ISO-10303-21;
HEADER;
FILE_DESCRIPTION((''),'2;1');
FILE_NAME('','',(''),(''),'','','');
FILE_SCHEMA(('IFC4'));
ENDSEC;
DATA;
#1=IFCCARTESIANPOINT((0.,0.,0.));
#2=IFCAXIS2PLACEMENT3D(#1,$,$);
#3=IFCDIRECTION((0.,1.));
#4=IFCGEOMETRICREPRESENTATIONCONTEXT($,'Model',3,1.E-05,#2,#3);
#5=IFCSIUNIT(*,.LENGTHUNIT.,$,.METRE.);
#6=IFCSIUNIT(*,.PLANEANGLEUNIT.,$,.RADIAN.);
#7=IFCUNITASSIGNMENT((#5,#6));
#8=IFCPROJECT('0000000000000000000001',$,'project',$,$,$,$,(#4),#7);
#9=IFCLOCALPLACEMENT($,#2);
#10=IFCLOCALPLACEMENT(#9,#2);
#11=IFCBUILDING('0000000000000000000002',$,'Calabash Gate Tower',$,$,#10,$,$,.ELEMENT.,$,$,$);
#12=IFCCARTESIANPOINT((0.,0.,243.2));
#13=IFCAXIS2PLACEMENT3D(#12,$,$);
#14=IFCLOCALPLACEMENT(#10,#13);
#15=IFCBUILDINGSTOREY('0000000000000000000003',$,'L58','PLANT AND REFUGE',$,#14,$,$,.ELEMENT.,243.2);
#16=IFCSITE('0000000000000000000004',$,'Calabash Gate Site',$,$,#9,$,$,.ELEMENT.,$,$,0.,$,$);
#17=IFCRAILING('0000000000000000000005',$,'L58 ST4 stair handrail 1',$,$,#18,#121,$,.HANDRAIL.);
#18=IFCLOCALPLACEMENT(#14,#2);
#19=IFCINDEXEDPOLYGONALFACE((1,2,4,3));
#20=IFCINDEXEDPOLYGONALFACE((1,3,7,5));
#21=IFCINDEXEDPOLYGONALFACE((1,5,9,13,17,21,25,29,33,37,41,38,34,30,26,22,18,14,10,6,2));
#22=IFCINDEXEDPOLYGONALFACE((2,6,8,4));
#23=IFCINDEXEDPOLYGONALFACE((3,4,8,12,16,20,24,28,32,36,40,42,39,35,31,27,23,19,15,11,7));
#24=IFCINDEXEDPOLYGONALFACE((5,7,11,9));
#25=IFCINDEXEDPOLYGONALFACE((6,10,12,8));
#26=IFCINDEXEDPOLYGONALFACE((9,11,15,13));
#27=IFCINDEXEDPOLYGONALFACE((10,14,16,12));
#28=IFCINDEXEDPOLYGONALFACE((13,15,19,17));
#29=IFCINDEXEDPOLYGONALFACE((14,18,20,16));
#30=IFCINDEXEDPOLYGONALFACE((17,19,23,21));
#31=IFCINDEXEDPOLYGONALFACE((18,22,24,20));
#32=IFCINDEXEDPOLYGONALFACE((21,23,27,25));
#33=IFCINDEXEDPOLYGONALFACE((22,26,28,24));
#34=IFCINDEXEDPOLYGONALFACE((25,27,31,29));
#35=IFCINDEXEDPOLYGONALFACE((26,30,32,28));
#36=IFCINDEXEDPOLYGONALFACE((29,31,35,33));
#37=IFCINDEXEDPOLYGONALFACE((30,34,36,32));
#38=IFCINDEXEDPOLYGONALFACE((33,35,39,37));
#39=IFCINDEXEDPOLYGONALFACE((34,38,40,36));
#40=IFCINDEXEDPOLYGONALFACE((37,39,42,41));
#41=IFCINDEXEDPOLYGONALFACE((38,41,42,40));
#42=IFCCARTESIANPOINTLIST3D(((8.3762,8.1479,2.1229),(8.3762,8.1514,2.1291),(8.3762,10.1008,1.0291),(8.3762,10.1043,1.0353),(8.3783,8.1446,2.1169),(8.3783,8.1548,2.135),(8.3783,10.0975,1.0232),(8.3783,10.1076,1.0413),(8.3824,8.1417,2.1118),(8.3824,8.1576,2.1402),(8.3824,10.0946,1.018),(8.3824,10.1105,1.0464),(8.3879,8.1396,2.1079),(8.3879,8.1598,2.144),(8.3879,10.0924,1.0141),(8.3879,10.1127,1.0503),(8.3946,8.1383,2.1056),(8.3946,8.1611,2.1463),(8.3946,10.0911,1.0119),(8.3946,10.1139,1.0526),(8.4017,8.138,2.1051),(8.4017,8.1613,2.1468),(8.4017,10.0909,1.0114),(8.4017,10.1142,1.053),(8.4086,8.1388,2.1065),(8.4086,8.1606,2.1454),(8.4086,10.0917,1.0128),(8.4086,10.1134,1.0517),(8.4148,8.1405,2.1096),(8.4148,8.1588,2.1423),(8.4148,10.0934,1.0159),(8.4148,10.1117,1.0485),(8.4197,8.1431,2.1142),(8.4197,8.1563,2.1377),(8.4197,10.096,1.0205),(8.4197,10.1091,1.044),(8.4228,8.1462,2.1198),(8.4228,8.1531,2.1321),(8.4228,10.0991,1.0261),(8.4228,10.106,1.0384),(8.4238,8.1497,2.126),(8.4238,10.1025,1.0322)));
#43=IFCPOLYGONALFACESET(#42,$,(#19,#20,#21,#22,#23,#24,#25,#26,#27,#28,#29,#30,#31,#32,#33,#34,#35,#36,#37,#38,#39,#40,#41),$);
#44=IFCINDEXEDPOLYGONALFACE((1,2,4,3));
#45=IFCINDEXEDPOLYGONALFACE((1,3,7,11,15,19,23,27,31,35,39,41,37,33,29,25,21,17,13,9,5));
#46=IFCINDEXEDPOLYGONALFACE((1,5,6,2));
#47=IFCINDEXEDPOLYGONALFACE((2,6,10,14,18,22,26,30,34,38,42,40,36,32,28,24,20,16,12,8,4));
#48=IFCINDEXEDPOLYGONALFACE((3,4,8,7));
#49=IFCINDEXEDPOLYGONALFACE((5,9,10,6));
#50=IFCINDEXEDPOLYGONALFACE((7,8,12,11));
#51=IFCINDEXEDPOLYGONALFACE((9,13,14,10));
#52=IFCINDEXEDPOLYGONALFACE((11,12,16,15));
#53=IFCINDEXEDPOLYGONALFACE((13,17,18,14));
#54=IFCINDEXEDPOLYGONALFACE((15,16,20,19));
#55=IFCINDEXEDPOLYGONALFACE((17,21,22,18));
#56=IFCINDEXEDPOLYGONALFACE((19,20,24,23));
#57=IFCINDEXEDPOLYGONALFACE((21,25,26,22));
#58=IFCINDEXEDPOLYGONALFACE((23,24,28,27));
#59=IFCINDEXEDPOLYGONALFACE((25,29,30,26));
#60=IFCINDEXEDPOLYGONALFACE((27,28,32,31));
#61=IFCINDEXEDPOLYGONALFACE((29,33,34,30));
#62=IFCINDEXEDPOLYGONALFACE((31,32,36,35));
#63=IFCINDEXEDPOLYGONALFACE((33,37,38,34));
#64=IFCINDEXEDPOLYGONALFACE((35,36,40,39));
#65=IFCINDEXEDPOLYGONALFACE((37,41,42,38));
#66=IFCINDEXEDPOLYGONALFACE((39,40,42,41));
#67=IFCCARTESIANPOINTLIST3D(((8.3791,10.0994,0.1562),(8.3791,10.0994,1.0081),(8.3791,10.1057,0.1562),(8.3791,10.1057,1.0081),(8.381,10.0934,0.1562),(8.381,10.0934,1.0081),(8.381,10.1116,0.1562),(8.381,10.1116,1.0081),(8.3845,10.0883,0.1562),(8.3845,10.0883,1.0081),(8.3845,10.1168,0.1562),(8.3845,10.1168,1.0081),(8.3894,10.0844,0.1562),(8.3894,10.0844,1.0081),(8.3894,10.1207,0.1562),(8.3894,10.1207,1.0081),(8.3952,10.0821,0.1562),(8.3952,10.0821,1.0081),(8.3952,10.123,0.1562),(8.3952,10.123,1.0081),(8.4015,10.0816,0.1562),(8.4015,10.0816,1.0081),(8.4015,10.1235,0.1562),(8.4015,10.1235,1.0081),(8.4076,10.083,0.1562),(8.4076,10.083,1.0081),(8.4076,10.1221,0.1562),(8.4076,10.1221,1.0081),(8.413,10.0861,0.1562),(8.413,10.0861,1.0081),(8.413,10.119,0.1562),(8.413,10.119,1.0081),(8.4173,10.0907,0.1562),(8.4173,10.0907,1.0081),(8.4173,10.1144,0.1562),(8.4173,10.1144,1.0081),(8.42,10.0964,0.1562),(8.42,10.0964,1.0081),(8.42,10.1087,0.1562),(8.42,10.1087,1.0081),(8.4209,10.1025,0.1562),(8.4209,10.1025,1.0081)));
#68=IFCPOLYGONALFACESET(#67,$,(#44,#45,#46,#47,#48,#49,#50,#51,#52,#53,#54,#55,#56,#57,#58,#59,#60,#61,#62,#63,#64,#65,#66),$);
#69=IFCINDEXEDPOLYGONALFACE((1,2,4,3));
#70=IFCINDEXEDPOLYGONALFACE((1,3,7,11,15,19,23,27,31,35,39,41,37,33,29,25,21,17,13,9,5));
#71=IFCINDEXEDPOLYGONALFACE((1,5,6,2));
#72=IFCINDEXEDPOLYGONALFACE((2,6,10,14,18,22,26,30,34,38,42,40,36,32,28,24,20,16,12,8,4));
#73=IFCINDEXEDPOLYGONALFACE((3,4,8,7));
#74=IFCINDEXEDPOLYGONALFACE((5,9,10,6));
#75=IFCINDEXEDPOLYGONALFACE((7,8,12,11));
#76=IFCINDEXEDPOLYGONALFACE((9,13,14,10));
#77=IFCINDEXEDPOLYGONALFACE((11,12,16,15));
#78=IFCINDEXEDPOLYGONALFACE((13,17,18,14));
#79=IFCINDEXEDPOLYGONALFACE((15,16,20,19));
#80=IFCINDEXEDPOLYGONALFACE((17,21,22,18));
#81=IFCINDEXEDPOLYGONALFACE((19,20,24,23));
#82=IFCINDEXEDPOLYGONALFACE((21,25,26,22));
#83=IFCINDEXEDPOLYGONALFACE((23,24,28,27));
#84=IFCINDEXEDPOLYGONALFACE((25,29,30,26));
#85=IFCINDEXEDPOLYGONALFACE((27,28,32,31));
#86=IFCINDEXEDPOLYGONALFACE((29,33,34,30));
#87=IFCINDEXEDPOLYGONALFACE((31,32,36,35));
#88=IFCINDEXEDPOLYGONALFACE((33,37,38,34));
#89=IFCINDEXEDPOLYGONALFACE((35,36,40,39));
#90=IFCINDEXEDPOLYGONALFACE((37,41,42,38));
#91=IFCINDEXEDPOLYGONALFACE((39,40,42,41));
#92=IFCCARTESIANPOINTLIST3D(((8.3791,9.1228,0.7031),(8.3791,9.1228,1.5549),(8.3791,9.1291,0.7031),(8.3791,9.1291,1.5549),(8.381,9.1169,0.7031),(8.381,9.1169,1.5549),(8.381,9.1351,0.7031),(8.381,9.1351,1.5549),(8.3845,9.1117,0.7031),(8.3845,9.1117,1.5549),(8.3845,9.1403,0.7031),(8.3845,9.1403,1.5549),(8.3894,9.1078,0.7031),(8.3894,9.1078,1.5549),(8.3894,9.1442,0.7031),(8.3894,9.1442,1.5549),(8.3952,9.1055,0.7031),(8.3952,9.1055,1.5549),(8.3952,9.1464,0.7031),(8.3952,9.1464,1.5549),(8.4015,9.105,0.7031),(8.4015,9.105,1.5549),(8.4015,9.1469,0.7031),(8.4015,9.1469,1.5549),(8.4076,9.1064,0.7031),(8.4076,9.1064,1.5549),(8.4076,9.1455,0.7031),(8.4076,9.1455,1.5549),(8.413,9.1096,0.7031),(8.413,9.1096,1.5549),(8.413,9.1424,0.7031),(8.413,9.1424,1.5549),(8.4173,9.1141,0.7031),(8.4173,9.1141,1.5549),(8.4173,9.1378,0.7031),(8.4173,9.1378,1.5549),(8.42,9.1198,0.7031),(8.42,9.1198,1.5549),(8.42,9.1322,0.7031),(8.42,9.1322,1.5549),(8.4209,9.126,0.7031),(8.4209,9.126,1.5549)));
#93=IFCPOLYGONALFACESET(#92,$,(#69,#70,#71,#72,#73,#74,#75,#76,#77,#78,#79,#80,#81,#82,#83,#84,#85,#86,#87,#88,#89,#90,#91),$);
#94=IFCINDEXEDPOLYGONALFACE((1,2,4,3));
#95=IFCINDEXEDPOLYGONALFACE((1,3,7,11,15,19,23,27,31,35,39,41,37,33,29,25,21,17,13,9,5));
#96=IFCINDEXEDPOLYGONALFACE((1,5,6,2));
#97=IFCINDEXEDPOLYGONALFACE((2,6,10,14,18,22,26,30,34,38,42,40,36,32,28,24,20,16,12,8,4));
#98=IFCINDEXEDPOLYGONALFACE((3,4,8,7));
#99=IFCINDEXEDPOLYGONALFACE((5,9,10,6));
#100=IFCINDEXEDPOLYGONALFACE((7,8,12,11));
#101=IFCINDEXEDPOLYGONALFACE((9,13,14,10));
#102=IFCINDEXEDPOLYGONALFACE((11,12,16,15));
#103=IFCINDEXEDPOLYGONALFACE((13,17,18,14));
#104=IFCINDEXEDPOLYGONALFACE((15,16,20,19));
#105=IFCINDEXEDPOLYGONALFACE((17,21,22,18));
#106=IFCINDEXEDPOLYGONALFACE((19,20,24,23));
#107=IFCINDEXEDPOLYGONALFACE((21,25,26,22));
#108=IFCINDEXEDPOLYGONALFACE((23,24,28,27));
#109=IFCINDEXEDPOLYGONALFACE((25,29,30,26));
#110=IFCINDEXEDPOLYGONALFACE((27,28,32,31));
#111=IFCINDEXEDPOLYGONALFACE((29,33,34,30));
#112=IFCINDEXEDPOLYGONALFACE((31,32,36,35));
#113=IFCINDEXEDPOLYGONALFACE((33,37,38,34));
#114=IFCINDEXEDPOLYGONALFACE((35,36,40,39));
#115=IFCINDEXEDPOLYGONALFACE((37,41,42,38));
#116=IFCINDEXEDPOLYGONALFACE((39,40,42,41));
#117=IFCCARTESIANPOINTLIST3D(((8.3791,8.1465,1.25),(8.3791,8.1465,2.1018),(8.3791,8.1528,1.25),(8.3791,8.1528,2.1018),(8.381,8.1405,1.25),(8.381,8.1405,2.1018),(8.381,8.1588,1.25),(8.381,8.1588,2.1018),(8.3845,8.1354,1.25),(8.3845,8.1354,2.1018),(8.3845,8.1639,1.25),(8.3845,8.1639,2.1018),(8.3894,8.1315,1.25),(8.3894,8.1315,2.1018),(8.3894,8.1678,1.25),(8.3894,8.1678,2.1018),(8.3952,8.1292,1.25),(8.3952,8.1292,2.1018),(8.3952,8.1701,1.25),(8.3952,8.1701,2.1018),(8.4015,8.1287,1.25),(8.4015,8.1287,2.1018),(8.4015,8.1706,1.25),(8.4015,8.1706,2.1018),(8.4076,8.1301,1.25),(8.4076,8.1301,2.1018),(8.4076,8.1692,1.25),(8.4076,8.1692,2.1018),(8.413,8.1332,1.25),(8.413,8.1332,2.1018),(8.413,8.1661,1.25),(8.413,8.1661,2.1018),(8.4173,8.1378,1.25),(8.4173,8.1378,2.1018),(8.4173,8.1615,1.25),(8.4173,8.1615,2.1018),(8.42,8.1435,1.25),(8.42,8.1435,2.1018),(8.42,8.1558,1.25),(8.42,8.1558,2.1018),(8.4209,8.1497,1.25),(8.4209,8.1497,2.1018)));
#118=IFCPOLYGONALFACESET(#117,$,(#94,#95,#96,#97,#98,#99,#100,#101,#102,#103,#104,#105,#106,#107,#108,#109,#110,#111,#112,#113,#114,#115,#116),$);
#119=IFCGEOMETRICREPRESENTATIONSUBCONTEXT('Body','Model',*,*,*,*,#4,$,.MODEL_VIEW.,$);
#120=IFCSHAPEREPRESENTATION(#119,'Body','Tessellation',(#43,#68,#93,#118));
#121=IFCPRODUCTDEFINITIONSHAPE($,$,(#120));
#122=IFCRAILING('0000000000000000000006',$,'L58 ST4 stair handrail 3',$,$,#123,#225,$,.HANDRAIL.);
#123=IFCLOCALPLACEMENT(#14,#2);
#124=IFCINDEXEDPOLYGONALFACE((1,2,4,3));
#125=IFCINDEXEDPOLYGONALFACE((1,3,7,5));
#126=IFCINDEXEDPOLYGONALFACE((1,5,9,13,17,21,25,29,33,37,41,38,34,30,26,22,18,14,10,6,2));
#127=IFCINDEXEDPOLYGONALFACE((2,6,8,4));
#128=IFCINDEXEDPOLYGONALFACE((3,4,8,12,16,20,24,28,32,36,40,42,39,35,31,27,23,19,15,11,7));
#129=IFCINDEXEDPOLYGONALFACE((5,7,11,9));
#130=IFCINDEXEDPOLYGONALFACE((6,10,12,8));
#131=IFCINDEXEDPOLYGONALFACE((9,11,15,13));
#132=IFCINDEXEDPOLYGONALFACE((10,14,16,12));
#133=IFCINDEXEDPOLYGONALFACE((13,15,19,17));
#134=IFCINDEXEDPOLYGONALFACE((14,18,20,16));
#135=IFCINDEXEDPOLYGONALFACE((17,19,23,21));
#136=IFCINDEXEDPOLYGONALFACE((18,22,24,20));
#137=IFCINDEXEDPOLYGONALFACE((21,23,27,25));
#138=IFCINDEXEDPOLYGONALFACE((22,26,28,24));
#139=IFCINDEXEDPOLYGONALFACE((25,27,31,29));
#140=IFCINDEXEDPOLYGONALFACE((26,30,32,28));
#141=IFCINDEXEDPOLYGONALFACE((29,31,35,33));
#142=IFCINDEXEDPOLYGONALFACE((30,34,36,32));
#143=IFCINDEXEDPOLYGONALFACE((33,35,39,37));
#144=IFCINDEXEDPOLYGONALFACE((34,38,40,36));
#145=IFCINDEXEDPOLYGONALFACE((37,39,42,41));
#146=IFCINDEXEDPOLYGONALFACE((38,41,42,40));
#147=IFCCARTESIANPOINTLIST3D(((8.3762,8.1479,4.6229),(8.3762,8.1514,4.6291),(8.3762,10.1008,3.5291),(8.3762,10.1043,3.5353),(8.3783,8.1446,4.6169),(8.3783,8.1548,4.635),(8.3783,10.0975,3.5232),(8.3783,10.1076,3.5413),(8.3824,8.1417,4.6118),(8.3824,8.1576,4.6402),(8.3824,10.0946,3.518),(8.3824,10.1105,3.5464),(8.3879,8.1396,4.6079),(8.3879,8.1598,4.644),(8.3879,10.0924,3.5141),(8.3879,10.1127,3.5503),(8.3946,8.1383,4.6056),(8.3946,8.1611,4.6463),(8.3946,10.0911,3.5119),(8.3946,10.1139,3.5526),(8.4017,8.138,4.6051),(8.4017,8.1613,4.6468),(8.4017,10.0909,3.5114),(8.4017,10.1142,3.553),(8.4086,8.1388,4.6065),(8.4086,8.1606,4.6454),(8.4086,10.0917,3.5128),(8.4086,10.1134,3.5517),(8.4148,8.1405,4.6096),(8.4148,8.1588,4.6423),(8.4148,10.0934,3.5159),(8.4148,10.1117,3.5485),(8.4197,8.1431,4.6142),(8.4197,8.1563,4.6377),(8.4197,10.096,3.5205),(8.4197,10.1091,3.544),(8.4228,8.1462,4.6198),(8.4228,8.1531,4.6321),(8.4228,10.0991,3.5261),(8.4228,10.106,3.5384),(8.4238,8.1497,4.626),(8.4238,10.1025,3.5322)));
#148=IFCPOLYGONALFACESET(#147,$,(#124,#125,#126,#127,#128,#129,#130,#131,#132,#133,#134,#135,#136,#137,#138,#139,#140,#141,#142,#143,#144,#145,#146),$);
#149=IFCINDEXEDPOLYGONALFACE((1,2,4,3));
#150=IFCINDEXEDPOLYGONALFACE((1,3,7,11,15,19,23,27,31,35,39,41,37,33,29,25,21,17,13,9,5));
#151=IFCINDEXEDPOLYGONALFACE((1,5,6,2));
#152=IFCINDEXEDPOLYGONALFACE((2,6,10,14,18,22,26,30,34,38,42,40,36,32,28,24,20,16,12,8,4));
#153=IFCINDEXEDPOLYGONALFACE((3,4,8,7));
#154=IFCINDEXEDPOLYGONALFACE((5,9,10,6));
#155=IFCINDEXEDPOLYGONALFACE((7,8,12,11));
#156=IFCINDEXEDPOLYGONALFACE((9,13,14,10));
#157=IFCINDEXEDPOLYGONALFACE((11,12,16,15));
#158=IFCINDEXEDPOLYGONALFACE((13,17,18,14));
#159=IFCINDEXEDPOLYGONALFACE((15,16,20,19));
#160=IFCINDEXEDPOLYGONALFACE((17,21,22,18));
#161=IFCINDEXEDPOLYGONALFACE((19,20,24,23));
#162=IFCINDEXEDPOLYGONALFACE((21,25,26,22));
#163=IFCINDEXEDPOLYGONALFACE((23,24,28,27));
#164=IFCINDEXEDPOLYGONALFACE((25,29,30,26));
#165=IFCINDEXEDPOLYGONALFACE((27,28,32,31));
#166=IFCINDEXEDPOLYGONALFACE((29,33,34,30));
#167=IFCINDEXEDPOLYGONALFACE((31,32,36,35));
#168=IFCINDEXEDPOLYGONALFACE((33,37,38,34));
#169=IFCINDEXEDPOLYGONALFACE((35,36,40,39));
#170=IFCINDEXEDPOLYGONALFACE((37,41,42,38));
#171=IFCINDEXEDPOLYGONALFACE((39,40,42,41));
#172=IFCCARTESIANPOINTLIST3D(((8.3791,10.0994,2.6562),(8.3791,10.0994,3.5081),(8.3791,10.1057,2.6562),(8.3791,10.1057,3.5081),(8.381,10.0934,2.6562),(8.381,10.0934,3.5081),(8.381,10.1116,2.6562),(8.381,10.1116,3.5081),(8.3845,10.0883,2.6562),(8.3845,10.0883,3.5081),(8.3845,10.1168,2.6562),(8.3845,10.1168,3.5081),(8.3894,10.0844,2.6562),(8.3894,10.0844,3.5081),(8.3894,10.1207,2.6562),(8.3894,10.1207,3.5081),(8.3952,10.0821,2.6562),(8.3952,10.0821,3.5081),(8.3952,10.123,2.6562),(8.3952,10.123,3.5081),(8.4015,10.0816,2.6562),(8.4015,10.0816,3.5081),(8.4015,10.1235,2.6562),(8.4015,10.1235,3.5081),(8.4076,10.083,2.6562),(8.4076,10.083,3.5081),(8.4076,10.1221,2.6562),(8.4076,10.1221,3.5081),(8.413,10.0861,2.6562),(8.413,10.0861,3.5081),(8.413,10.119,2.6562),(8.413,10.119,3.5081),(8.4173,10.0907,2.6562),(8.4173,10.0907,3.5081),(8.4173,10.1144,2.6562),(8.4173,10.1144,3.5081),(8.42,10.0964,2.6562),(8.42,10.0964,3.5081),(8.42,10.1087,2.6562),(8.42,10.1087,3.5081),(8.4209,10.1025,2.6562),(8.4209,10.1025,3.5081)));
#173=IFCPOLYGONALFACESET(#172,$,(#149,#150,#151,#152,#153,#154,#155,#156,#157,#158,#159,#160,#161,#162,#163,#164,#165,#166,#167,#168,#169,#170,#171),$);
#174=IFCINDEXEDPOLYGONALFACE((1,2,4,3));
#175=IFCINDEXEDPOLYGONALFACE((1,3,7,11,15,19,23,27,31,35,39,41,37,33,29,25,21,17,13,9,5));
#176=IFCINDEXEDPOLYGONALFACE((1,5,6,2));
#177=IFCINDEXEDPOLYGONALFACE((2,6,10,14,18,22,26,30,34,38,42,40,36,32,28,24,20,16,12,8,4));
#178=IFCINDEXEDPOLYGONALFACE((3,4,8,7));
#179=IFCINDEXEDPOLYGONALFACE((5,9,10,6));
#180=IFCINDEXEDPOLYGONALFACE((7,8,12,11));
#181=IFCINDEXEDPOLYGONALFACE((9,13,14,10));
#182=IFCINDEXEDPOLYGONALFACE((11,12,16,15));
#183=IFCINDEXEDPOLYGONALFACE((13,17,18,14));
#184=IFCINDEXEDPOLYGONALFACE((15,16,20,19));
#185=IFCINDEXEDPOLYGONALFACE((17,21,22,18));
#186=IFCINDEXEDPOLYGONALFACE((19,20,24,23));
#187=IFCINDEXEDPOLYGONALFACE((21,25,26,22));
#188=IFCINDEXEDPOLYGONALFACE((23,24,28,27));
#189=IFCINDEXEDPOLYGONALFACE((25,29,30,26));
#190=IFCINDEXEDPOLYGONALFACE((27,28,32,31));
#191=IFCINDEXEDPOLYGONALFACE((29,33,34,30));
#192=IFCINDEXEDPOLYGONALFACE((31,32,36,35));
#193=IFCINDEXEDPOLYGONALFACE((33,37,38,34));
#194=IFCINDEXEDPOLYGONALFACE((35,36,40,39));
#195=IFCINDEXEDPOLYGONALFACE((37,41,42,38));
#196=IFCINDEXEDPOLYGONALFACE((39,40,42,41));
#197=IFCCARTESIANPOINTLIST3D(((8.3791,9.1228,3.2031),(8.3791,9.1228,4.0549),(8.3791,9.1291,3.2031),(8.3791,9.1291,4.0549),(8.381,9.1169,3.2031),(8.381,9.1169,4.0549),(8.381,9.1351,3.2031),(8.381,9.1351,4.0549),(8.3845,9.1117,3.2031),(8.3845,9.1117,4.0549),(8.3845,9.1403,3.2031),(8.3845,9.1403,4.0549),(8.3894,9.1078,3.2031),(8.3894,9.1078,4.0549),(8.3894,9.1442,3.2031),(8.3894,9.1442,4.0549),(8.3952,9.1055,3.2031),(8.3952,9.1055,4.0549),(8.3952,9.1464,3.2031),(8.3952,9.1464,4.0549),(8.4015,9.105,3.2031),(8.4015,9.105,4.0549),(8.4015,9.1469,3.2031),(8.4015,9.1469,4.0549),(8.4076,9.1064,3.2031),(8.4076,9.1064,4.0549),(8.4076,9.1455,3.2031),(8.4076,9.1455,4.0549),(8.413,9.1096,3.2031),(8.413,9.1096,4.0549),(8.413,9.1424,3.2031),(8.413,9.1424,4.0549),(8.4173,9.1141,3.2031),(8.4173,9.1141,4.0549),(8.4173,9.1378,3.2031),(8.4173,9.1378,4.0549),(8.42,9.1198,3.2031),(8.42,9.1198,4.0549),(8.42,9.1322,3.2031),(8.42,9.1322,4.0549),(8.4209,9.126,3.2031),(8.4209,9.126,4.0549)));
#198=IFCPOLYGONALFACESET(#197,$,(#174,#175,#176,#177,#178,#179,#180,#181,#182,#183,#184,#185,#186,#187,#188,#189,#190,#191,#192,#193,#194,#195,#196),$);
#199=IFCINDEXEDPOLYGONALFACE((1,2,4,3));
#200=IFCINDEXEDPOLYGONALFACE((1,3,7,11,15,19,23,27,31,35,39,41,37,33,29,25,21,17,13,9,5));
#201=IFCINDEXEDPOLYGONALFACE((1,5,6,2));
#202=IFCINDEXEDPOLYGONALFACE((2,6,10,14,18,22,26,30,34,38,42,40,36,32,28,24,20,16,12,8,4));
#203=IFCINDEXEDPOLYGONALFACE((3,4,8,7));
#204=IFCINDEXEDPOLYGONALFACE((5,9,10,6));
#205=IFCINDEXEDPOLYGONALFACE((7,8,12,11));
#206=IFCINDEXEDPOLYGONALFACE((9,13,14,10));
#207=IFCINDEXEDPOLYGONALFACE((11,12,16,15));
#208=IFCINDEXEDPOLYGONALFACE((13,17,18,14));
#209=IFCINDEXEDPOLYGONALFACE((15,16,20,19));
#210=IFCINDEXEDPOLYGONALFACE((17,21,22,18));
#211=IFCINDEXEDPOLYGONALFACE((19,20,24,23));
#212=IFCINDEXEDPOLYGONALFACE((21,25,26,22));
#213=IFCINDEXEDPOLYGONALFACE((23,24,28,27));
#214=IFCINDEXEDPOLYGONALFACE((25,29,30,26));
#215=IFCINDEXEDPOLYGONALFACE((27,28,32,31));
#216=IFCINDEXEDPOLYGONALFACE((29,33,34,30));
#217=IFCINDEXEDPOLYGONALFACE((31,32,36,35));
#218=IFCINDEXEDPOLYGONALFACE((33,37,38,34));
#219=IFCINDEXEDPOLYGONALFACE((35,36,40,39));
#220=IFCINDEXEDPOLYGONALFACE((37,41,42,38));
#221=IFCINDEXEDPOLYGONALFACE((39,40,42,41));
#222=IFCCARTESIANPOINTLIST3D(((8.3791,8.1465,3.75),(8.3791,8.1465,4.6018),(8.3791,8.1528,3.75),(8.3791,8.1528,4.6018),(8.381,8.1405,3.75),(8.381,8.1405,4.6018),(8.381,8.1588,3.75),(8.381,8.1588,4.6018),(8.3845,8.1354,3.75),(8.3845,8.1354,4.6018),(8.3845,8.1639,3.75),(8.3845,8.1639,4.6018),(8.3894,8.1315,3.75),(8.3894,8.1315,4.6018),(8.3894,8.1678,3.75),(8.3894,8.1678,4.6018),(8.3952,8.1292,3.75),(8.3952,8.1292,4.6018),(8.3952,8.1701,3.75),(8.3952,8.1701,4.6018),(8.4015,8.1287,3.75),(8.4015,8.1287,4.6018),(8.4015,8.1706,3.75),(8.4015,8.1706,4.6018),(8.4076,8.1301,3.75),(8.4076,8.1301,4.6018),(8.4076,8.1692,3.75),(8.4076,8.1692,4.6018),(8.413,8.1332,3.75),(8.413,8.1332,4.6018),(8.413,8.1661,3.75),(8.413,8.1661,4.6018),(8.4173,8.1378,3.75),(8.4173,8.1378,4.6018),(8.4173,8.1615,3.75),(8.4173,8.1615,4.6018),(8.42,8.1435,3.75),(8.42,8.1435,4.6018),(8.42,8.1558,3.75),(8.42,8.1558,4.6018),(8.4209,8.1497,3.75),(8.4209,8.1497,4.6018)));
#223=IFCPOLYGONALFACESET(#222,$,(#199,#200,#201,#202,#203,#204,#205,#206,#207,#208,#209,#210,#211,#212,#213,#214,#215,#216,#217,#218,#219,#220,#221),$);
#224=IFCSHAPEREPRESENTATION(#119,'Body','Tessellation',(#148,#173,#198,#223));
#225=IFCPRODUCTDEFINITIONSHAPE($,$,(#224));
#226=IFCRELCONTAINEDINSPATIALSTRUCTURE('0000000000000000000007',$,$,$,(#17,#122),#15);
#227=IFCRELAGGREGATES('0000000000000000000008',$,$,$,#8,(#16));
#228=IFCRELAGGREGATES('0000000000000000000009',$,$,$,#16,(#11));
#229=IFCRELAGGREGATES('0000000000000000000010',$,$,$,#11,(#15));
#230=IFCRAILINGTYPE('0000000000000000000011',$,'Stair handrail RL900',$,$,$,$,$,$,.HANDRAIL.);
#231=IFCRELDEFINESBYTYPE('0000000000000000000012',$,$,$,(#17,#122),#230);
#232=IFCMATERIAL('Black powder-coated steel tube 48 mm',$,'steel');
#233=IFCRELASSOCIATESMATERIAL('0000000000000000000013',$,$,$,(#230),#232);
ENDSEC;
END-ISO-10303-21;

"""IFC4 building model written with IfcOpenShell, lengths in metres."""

from ifc_helpers import new_model, si_unit, direction, frame, origin, origin_2d, place, context, subcontext, project, spatial, circle, extrude, material, type_object, element, save


model = new_model("IFC4")

# Units and contexts
model_context = context("Model", 3, precision=1e-05, world=origin(), true_north=direction((0.0, 1.0)))
body_context = subcontext(model_context, "Body", "Model", "MODEL_VIEW")
ifc_project = project(units=[si_unit("LENGTHUNIT", "METRE"), si_unit("PLANEANGLEUNIT", "RADIAN")], contexts=[model_context])

# Site, building, storey
site_placement = place(None, origin())
site = spatial("IfcSite", under=ifc_project, at=site_placement, Name="Calabash Gate Site", CompositionType="ELEMENT", RefElevation=0.0)
building_placement = place(site_placement, origin())
building = spatial("IfcBuilding", under=site, at=building_placement, Name="Calabash Gate Tower", CompositionType="ELEMENT")
storey_placement = place(building_placement, frame((0.0, 0.0, 243.2)))
storey = spatial("IfcBuildingStorey", under=building, at=storey_placement, Name="L58", Description="PLANT AND REFUGE", CompositionType="ELEMENT", Elevation=243.2)

# Railings
ifc_material_1 = material(Name="Black powder-coated steel tube 48 mm", Category="steel")
railing_type_1 = type_object("IfcRailingType", Name="Stair handrail RL900", PredefinedType="HANDRAIL", material=ifc_material_1)
for number, where, name in (
    (1, (8.3999, 10.1025, 0.1562), "L58 ST4 stair handrail 1"),
    (2, (8.3999, 10.1025, 2.6562), "L58 ST4 stair handrail 3"),
):
    element("IfcRailing", number, at=place(storey_placement, frame(where)), inside=storey, type_object=railing_type_1, Name=name, PredefinedType="HANDRAIL", context=body_context, shape_type="SweptSolid", body=[
        extrude(circle(Radius=0.0239, at=origin_2d()), frame((0.0, 0.0, 0.876), z_axis=(0.0, -0.87248, 0.48865), x_axis=(1.0, 0.0, 0.0)), (0.0, 0.0, 1.0), 2.2383),
        extrude(circle(Radius=0.021, at=origin_2d()), origin(), (0.0, 0.0, 1.0), 0.8518),
        extrude(circle(Radius=0.021, at=origin_2d()), frame((0.0, -0.9766, 0.5469)), (0.0, 0.0, 1.0), 0.8518),
        extrude(circle(Radius=0.021, at=origin_2d()), frame((0.0, -1.9529, 1.0938)), (0.0, 0.0, 1.0), 0.8518),
    ])

save(model, "model.ifc")
